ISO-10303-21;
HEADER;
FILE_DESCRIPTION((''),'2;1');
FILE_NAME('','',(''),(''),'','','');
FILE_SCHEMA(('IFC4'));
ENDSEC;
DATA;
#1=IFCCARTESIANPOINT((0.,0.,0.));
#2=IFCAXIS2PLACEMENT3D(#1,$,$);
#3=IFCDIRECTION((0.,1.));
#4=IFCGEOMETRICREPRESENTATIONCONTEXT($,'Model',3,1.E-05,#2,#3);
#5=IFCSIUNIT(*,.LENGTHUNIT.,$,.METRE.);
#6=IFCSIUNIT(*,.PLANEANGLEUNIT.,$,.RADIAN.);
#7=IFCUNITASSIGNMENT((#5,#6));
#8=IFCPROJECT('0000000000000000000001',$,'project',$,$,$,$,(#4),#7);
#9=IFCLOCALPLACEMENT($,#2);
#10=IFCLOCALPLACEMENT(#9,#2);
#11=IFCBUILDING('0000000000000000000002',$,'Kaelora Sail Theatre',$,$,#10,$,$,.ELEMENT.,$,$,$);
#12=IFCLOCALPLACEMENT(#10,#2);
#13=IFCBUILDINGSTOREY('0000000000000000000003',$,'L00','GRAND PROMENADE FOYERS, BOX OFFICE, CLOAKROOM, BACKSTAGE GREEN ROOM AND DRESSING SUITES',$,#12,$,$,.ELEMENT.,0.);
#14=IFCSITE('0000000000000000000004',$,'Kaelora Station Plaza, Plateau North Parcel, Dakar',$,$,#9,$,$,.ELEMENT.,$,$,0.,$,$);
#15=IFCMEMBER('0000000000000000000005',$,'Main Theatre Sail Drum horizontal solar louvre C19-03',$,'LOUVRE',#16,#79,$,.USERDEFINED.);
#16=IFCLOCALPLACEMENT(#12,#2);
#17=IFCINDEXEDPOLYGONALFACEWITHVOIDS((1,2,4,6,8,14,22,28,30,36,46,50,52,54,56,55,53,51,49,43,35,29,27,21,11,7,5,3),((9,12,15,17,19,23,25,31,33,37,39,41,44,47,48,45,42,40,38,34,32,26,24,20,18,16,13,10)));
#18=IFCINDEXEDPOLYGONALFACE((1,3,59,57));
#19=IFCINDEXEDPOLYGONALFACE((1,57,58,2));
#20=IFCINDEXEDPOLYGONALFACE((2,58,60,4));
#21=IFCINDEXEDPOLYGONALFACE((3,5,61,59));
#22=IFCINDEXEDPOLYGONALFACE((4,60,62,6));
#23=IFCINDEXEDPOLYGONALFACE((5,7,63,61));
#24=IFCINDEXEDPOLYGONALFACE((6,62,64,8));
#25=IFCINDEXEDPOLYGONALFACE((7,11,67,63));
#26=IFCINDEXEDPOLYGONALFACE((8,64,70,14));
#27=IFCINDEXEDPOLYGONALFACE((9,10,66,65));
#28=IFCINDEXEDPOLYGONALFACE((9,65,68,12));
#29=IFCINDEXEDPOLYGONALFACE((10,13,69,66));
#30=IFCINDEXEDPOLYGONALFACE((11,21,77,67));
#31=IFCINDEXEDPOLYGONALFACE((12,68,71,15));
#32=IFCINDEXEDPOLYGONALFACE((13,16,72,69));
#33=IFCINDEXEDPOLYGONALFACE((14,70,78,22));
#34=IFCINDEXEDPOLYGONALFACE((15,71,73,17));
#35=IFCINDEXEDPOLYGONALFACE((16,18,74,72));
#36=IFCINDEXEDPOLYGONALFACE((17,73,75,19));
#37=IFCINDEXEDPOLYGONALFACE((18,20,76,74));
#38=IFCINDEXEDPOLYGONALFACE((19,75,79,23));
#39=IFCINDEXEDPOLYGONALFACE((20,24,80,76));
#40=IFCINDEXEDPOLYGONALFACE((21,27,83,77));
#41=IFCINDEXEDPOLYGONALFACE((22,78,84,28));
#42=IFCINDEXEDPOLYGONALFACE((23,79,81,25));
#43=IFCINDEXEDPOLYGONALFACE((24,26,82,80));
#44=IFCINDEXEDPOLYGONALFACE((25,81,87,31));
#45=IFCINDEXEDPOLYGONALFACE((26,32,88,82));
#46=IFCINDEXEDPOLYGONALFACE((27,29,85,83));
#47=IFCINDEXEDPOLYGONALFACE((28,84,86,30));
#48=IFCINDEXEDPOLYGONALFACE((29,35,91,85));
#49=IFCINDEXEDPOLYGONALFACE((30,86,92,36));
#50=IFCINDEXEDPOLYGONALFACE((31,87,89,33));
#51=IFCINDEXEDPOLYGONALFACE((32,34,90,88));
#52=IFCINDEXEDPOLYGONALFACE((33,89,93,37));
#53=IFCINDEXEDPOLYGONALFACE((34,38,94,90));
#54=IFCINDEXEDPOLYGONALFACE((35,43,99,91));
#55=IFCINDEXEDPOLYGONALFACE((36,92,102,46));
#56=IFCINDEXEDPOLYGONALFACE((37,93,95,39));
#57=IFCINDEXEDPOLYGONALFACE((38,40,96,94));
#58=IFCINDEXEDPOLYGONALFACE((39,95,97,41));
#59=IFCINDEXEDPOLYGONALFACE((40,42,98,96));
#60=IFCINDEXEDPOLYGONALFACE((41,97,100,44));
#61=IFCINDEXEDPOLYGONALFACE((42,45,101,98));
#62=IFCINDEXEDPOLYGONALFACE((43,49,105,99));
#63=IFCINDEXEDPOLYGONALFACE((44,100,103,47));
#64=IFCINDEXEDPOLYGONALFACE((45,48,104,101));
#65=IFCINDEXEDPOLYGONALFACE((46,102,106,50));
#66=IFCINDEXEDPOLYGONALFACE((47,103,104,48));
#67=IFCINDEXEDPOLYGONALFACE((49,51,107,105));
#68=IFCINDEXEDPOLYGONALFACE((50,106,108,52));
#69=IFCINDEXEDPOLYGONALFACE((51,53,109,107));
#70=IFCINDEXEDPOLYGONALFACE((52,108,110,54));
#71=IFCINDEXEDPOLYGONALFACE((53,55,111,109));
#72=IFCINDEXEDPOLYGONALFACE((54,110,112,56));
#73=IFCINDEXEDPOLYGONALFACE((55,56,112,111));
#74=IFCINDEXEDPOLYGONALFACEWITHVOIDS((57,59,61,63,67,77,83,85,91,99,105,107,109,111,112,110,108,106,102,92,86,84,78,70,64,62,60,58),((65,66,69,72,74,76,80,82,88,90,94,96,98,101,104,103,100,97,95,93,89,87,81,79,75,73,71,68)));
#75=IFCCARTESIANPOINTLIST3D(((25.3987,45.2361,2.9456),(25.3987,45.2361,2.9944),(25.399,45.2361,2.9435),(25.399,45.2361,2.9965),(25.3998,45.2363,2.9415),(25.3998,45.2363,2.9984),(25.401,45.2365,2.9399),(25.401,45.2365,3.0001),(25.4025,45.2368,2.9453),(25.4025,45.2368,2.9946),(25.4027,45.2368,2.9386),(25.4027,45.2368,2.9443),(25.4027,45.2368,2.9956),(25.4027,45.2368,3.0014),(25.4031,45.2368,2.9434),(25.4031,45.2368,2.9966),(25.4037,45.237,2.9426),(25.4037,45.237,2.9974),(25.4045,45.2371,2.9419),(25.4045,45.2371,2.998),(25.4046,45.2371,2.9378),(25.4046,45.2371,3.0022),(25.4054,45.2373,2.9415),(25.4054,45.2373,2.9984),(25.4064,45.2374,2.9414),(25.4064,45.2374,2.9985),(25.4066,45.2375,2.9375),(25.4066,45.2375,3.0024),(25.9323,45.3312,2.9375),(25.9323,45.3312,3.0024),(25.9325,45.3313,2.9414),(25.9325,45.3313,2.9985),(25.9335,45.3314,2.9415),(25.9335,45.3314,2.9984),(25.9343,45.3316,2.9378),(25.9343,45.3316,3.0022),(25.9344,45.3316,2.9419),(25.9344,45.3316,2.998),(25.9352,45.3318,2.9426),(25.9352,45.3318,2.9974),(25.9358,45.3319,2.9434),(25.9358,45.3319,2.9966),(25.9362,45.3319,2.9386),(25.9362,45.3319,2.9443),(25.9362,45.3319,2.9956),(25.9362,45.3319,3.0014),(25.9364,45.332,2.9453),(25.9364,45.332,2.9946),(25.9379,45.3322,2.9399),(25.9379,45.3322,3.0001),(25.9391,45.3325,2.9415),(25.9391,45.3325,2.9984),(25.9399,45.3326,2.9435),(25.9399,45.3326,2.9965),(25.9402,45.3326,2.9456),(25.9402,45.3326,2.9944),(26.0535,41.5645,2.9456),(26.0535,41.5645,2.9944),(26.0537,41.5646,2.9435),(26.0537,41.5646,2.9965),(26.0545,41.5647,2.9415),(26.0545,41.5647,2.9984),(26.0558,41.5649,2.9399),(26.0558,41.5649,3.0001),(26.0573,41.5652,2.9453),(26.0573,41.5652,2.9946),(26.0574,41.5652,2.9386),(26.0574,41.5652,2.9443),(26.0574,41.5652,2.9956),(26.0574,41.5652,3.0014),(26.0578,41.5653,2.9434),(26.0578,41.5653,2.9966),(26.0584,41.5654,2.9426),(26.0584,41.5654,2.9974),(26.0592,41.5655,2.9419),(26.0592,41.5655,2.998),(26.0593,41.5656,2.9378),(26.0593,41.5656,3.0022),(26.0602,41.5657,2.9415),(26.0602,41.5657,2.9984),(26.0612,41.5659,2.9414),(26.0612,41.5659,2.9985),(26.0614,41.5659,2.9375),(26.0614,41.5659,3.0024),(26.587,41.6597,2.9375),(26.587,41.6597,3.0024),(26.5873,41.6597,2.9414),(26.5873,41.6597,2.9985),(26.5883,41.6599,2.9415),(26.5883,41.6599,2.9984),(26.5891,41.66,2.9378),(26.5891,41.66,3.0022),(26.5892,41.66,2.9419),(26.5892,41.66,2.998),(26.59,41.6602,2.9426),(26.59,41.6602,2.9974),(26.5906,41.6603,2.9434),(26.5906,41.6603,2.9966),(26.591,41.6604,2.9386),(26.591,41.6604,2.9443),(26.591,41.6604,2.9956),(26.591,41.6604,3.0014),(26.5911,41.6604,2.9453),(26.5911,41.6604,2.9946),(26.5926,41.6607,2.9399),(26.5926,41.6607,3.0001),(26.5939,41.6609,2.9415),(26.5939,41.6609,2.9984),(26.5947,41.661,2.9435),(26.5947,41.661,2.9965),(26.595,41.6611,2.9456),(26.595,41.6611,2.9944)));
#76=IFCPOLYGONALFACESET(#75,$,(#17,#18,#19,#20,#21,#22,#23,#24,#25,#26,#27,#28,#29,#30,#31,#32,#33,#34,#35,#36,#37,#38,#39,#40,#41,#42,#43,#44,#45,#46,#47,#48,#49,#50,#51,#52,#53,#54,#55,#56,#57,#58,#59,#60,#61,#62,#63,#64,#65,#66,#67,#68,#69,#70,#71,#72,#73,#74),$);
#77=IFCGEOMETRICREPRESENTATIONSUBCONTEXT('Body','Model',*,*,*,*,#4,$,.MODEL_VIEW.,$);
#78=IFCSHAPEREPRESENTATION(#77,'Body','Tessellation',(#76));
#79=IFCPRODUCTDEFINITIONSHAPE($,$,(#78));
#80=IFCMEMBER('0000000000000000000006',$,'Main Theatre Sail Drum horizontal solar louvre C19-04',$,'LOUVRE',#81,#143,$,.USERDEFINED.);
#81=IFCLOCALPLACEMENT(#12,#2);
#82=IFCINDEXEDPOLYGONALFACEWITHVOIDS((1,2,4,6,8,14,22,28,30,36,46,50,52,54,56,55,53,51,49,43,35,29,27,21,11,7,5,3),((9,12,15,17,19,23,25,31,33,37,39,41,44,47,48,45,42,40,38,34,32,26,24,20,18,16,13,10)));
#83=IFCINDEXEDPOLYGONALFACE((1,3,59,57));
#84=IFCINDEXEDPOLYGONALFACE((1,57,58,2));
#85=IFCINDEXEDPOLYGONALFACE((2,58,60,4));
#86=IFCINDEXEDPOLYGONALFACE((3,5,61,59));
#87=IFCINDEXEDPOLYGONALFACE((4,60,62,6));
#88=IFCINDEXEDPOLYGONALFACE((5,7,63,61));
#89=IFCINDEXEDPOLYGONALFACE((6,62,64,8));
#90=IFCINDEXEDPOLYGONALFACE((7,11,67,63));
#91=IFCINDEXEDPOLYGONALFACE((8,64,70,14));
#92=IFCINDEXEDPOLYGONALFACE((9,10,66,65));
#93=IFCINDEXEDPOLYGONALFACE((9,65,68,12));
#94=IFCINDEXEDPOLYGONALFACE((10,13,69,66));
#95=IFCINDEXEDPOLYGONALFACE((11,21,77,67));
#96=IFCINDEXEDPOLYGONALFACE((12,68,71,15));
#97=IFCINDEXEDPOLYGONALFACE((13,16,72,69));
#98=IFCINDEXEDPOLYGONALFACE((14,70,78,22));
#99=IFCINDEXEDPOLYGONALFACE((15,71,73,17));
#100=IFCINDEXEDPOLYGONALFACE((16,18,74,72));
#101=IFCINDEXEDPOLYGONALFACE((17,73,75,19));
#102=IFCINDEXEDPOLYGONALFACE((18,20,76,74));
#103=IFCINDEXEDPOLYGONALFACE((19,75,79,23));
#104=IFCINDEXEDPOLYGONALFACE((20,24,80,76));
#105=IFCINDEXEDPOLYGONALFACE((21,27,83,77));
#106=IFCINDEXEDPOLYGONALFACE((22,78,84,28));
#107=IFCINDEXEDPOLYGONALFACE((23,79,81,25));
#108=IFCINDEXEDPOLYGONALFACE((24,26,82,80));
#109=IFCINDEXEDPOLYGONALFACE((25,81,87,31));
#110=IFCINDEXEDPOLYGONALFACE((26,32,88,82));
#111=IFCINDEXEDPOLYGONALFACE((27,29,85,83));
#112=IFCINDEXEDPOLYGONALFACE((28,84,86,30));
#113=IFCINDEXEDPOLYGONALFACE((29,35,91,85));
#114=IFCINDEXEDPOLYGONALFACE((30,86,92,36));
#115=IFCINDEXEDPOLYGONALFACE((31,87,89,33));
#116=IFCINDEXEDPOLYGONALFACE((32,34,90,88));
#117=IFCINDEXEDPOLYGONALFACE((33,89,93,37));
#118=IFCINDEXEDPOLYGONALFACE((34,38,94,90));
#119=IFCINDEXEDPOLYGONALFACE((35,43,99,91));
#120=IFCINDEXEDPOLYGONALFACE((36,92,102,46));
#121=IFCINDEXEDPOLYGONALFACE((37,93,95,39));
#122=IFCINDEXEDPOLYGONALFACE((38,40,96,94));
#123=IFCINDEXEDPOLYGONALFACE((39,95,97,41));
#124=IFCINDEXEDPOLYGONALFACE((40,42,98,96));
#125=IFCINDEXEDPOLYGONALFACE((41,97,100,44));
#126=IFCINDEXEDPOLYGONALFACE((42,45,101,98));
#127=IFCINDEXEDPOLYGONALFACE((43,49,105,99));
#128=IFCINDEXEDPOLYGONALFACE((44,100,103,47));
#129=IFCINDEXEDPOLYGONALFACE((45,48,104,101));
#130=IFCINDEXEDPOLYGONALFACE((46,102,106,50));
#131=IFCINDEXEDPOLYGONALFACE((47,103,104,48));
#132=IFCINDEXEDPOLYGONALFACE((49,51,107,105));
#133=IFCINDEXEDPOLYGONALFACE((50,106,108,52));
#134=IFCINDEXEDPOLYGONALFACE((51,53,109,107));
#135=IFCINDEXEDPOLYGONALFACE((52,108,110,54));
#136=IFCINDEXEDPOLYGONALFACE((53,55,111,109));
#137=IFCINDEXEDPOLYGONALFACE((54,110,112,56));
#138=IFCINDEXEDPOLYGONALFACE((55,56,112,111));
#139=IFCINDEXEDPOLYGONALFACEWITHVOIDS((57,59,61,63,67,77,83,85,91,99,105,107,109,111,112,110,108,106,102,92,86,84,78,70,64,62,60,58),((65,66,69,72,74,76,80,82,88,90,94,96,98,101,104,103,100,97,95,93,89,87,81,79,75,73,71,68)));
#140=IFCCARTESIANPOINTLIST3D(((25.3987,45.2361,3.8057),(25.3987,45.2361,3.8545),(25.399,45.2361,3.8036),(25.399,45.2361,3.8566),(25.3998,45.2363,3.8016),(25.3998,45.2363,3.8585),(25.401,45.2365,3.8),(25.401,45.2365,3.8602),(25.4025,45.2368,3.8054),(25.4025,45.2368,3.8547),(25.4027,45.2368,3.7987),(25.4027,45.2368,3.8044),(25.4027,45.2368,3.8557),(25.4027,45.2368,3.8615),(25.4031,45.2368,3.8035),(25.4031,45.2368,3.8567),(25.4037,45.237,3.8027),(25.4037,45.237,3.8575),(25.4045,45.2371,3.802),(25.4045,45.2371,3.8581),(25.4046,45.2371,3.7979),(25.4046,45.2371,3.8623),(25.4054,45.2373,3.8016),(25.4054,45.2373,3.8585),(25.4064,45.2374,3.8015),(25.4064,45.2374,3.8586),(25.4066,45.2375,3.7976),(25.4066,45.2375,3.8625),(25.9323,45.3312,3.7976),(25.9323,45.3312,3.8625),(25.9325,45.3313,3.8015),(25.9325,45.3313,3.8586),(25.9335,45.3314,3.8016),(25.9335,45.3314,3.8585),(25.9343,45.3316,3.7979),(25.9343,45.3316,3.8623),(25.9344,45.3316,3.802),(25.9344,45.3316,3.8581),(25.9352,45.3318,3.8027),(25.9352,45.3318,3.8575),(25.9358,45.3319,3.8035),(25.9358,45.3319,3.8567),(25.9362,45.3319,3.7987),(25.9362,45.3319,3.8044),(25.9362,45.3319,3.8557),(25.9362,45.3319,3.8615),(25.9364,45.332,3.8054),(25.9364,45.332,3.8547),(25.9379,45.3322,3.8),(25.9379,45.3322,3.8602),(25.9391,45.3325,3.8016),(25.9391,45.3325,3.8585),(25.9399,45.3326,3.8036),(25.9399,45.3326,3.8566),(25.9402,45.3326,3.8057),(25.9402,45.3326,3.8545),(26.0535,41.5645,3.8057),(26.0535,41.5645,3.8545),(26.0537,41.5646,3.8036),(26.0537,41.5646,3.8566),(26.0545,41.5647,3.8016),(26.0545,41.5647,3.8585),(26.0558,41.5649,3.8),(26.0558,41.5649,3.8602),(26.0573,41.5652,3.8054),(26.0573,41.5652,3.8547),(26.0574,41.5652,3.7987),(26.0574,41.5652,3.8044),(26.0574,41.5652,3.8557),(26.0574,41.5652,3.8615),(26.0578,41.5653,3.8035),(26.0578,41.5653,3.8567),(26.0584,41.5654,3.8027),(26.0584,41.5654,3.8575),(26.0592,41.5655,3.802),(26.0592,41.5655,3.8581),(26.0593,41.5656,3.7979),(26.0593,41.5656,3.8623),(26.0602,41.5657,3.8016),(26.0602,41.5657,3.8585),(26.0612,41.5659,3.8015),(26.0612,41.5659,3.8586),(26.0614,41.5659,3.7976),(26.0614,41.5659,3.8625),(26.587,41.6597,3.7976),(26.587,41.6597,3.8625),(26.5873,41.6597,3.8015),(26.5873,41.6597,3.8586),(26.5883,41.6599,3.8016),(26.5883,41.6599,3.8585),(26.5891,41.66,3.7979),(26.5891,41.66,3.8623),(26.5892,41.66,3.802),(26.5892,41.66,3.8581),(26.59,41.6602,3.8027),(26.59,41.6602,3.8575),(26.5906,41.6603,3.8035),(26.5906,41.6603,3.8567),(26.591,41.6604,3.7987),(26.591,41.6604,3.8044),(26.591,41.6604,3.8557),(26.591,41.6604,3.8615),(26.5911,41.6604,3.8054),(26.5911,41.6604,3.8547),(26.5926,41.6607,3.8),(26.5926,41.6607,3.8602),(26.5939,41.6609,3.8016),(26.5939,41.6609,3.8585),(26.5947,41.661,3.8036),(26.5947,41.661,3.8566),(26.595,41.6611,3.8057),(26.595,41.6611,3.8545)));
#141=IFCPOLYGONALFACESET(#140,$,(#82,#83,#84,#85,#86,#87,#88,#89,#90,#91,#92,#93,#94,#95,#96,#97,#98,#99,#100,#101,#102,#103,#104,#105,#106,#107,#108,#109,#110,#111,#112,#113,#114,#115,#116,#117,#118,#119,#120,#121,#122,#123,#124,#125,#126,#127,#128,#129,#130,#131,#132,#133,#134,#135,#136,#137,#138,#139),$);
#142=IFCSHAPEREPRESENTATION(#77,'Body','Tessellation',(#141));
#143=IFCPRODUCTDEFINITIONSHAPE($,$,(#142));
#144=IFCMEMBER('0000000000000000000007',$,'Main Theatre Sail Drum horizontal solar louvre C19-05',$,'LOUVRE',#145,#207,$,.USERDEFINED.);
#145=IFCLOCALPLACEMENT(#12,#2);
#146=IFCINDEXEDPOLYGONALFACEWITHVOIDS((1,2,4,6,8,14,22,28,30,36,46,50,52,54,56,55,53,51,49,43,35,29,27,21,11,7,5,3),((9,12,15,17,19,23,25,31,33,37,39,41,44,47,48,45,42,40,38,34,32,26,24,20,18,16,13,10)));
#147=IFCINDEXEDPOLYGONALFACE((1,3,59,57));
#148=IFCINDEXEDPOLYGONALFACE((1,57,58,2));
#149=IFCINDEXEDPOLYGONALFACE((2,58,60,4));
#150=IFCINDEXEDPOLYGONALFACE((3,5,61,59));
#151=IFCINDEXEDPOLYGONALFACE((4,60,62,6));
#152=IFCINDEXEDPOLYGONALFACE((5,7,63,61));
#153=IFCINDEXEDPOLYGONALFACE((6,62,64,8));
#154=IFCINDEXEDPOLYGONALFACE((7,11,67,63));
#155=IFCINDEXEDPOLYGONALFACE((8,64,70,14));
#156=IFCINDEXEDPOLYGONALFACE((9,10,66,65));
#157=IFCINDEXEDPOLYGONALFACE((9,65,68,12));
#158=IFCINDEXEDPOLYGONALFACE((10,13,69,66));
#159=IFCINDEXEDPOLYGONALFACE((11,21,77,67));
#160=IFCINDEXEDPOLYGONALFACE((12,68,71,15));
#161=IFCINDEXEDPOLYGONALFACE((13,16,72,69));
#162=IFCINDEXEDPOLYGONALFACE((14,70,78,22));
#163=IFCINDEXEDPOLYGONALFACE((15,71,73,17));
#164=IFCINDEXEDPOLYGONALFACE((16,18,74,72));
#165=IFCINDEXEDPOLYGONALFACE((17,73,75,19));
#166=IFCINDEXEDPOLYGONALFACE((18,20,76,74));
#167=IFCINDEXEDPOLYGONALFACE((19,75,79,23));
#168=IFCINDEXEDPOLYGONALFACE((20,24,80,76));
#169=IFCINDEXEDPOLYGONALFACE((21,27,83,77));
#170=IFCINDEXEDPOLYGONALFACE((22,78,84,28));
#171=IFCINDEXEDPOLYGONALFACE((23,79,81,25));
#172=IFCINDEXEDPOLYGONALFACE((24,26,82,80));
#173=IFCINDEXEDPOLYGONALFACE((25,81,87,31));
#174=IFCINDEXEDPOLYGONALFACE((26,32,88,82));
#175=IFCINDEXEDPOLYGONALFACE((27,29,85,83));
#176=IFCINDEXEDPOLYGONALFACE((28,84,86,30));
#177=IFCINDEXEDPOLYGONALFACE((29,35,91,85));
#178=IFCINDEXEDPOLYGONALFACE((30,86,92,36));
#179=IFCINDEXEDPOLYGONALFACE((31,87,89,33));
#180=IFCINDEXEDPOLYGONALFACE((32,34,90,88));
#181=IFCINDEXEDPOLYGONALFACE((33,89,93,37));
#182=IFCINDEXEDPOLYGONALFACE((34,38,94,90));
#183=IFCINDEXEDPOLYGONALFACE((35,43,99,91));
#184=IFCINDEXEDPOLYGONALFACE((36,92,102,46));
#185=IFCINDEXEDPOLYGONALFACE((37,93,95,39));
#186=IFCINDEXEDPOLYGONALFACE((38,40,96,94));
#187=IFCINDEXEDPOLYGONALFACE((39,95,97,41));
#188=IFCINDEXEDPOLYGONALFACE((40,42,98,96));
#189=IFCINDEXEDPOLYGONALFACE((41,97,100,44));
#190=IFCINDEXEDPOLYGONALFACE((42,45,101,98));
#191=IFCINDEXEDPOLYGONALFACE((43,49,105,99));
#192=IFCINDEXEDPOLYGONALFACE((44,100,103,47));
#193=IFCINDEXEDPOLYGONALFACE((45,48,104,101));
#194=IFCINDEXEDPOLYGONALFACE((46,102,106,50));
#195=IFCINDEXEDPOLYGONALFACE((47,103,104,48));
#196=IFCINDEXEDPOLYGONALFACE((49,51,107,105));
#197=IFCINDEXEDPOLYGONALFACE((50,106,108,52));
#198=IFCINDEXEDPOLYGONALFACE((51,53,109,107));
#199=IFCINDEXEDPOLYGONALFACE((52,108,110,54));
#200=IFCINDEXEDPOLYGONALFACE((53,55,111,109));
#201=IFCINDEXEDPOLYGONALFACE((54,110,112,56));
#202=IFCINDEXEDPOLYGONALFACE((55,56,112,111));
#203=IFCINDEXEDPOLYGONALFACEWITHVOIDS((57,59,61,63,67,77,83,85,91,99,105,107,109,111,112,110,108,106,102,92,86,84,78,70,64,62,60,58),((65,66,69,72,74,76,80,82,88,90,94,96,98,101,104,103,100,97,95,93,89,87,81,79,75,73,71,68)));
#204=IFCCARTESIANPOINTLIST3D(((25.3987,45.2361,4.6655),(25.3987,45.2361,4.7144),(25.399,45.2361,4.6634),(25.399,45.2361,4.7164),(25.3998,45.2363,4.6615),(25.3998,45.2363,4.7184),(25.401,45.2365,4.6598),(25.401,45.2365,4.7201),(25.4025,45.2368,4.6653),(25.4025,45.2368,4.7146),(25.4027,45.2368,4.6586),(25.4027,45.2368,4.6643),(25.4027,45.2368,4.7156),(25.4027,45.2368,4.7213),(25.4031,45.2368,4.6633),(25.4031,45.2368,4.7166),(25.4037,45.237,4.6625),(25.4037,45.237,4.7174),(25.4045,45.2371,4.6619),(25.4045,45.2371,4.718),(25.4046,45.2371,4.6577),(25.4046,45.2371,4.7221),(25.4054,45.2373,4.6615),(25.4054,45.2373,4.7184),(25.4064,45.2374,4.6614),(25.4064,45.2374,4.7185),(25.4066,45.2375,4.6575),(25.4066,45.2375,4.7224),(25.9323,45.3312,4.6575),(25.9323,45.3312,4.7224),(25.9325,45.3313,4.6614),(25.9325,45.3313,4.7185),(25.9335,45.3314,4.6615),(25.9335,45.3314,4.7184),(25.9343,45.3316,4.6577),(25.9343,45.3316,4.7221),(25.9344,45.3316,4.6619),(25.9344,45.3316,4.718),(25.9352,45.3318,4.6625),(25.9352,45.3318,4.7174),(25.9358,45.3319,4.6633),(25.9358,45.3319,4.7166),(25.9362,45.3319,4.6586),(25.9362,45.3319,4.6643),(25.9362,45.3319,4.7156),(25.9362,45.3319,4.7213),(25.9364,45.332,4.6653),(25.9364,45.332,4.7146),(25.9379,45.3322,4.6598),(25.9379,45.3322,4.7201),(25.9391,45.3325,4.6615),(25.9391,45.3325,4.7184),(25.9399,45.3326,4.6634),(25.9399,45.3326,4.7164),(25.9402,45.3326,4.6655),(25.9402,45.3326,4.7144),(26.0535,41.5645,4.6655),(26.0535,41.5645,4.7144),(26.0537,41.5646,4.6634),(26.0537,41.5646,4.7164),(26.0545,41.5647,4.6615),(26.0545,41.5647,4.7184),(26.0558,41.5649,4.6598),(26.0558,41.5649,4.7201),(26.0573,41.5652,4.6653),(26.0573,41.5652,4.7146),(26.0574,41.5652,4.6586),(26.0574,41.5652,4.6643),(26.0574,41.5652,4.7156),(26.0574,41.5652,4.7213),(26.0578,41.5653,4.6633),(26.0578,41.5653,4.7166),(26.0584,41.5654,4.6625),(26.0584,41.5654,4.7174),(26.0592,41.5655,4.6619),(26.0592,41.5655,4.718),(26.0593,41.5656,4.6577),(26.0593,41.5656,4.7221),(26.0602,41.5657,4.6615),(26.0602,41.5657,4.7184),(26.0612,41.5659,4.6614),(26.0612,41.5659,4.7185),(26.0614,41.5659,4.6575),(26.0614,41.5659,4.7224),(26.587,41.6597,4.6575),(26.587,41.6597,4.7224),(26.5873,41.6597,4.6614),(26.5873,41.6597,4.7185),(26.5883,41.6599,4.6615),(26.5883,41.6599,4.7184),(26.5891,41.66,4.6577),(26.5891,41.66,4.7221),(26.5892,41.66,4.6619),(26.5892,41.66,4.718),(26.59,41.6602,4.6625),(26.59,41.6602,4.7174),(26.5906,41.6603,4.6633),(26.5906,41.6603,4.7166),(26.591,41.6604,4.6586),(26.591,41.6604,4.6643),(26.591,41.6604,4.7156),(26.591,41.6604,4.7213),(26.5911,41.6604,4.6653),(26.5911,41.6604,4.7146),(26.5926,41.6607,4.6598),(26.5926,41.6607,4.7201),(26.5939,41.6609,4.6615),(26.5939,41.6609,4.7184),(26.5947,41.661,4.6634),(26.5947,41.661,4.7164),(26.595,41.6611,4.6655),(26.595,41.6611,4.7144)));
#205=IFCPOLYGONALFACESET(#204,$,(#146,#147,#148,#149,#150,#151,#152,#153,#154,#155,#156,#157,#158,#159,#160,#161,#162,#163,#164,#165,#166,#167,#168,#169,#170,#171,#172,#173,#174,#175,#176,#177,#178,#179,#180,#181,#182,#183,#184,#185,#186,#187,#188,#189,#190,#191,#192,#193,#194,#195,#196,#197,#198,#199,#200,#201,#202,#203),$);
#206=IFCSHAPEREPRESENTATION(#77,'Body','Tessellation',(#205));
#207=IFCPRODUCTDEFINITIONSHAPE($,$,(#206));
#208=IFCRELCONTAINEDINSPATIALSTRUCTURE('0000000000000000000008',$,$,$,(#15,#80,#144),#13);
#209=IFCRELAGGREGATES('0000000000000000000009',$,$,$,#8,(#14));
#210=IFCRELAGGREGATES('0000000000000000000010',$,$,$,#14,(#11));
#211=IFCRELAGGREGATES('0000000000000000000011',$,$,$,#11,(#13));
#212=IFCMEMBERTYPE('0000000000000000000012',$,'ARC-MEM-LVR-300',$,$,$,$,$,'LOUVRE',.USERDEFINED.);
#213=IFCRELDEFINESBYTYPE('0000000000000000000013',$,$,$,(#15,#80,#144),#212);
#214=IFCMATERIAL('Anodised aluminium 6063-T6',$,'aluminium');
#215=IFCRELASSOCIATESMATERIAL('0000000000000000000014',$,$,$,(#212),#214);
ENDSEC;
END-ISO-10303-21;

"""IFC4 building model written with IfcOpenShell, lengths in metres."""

from ifc_helpers import new_model, si_unit, direction, frame, origin, origin_2d, place, context, subcontext, project, spatial, hollow_rectangle, extrude, material, material_profile, profile_set, type_object, element, save


model = new_model("IFC4")

# Units and contexts
model_context = context("Model", 3, precision=1e-05, world=origin(), true_north=direction((0.0, 1.0)))
body_context = subcontext(model_context, "Body", "Model", "MODEL_VIEW")
ifc_project = project(units=[si_unit("LENGTHUNIT", "METRE"), si_unit("PLANEANGLEUNIT", "RADIAN")], contexts=[model_context])

# Site, building, storey
site_placement = place(None, origin())
site = spatial("IfcSite", under=ifc_project, at=site_placement, Name="Kaelora Station Plaza, Plateau North Parcel, Dakar", CompositionType="ELEMENT", RefElevation=0.0)
building_placement = place(site_placement, origin())
building = spatial("IfcBuilding", under=site, at=building_placement, Name="Kaelora Sail Theatre", CompositionType="ELEMENT")
storey_placement = place(building_placement, origin())
storey = spatial("IfcBuildingStorey", under=building, at=storey_placement, Name="L00", Description="GRAND PROMENADE FOYERS, BOX OFFICE, CLOAKROOM, BACKSTAGE GREEN ROOM AND DRESSING SUITES", CompositionType="ELEMENT", Elevation=0.0)

# Members
ifc_material_1 = material(Name="Anodised aluminium 6063-T6", Category="aluminium")
ifc_material_profile_1 = material_profile(ifc_material_1, hollow_rectangle(XDim=0.55, YDim=0.0649, WallThickness=0.0039, InnerFilletRadius=0.0039, OuterFilletRadius=0.0081, at=origin_2d()), Name="LOUVRE 550x65x4")
ifc_profile_set_1 = profile_set([ifc_material_profile_1], Name="Anodised aluminium 6063-T6")
member_type_1 = type_object("IfcMemberType", Name="ARC-MEM-LVR-300", ElementType="LOUVRE", PredefinedType="USERDEFINED", material=ifc_profile_set_1)
for number, where, z_axis, x_axis, name in (
    (1, (26.3242, 41.6128, 2.97), (-0.175566, 0.984468, 0.0), (-0.984468, -0.175566, 0.0), "Main Theatre Sail Drum horizontal solar louvre C19-03"),
    (2, (26.3242, 41.6128, 3.8301), (-0.175566, 0.984468, 0.0), (-0.984468, -0.175566, 0.0), "Main Theatre Sail Drum horizontal solar louvre C19-04"),
    (3, (26.3242, 41.6128, 4.6899), (-0.175566, 0.984468, 0.0), (-0.984468, -0.175566, 0.0), "Main Theatre Sail Drum horizontal solar louvre C19-05"),
):
    element("IfcMember", number, at=place(storey_placement, frame(where, z_axis=z_axis, x_axis=x_axis)), inside=storey, type_object=member_type_1, Name=name, ObjectType="LOUVRE", PredefinedType="USERDEFINED", context=body_context, shape_type="SweptSolid", body=[
        extrude(hollow_rectangle(XDim=0.55, YDim=0.0649, WallThickness=0.0039, InnerFilletRadius=0.0039, OuterFilletRadius=0.0081, at=origin_2d()), origin(), (0.0, 0.0, 1.0), 3.7295),
    ])

save(model, "model.ifc")
